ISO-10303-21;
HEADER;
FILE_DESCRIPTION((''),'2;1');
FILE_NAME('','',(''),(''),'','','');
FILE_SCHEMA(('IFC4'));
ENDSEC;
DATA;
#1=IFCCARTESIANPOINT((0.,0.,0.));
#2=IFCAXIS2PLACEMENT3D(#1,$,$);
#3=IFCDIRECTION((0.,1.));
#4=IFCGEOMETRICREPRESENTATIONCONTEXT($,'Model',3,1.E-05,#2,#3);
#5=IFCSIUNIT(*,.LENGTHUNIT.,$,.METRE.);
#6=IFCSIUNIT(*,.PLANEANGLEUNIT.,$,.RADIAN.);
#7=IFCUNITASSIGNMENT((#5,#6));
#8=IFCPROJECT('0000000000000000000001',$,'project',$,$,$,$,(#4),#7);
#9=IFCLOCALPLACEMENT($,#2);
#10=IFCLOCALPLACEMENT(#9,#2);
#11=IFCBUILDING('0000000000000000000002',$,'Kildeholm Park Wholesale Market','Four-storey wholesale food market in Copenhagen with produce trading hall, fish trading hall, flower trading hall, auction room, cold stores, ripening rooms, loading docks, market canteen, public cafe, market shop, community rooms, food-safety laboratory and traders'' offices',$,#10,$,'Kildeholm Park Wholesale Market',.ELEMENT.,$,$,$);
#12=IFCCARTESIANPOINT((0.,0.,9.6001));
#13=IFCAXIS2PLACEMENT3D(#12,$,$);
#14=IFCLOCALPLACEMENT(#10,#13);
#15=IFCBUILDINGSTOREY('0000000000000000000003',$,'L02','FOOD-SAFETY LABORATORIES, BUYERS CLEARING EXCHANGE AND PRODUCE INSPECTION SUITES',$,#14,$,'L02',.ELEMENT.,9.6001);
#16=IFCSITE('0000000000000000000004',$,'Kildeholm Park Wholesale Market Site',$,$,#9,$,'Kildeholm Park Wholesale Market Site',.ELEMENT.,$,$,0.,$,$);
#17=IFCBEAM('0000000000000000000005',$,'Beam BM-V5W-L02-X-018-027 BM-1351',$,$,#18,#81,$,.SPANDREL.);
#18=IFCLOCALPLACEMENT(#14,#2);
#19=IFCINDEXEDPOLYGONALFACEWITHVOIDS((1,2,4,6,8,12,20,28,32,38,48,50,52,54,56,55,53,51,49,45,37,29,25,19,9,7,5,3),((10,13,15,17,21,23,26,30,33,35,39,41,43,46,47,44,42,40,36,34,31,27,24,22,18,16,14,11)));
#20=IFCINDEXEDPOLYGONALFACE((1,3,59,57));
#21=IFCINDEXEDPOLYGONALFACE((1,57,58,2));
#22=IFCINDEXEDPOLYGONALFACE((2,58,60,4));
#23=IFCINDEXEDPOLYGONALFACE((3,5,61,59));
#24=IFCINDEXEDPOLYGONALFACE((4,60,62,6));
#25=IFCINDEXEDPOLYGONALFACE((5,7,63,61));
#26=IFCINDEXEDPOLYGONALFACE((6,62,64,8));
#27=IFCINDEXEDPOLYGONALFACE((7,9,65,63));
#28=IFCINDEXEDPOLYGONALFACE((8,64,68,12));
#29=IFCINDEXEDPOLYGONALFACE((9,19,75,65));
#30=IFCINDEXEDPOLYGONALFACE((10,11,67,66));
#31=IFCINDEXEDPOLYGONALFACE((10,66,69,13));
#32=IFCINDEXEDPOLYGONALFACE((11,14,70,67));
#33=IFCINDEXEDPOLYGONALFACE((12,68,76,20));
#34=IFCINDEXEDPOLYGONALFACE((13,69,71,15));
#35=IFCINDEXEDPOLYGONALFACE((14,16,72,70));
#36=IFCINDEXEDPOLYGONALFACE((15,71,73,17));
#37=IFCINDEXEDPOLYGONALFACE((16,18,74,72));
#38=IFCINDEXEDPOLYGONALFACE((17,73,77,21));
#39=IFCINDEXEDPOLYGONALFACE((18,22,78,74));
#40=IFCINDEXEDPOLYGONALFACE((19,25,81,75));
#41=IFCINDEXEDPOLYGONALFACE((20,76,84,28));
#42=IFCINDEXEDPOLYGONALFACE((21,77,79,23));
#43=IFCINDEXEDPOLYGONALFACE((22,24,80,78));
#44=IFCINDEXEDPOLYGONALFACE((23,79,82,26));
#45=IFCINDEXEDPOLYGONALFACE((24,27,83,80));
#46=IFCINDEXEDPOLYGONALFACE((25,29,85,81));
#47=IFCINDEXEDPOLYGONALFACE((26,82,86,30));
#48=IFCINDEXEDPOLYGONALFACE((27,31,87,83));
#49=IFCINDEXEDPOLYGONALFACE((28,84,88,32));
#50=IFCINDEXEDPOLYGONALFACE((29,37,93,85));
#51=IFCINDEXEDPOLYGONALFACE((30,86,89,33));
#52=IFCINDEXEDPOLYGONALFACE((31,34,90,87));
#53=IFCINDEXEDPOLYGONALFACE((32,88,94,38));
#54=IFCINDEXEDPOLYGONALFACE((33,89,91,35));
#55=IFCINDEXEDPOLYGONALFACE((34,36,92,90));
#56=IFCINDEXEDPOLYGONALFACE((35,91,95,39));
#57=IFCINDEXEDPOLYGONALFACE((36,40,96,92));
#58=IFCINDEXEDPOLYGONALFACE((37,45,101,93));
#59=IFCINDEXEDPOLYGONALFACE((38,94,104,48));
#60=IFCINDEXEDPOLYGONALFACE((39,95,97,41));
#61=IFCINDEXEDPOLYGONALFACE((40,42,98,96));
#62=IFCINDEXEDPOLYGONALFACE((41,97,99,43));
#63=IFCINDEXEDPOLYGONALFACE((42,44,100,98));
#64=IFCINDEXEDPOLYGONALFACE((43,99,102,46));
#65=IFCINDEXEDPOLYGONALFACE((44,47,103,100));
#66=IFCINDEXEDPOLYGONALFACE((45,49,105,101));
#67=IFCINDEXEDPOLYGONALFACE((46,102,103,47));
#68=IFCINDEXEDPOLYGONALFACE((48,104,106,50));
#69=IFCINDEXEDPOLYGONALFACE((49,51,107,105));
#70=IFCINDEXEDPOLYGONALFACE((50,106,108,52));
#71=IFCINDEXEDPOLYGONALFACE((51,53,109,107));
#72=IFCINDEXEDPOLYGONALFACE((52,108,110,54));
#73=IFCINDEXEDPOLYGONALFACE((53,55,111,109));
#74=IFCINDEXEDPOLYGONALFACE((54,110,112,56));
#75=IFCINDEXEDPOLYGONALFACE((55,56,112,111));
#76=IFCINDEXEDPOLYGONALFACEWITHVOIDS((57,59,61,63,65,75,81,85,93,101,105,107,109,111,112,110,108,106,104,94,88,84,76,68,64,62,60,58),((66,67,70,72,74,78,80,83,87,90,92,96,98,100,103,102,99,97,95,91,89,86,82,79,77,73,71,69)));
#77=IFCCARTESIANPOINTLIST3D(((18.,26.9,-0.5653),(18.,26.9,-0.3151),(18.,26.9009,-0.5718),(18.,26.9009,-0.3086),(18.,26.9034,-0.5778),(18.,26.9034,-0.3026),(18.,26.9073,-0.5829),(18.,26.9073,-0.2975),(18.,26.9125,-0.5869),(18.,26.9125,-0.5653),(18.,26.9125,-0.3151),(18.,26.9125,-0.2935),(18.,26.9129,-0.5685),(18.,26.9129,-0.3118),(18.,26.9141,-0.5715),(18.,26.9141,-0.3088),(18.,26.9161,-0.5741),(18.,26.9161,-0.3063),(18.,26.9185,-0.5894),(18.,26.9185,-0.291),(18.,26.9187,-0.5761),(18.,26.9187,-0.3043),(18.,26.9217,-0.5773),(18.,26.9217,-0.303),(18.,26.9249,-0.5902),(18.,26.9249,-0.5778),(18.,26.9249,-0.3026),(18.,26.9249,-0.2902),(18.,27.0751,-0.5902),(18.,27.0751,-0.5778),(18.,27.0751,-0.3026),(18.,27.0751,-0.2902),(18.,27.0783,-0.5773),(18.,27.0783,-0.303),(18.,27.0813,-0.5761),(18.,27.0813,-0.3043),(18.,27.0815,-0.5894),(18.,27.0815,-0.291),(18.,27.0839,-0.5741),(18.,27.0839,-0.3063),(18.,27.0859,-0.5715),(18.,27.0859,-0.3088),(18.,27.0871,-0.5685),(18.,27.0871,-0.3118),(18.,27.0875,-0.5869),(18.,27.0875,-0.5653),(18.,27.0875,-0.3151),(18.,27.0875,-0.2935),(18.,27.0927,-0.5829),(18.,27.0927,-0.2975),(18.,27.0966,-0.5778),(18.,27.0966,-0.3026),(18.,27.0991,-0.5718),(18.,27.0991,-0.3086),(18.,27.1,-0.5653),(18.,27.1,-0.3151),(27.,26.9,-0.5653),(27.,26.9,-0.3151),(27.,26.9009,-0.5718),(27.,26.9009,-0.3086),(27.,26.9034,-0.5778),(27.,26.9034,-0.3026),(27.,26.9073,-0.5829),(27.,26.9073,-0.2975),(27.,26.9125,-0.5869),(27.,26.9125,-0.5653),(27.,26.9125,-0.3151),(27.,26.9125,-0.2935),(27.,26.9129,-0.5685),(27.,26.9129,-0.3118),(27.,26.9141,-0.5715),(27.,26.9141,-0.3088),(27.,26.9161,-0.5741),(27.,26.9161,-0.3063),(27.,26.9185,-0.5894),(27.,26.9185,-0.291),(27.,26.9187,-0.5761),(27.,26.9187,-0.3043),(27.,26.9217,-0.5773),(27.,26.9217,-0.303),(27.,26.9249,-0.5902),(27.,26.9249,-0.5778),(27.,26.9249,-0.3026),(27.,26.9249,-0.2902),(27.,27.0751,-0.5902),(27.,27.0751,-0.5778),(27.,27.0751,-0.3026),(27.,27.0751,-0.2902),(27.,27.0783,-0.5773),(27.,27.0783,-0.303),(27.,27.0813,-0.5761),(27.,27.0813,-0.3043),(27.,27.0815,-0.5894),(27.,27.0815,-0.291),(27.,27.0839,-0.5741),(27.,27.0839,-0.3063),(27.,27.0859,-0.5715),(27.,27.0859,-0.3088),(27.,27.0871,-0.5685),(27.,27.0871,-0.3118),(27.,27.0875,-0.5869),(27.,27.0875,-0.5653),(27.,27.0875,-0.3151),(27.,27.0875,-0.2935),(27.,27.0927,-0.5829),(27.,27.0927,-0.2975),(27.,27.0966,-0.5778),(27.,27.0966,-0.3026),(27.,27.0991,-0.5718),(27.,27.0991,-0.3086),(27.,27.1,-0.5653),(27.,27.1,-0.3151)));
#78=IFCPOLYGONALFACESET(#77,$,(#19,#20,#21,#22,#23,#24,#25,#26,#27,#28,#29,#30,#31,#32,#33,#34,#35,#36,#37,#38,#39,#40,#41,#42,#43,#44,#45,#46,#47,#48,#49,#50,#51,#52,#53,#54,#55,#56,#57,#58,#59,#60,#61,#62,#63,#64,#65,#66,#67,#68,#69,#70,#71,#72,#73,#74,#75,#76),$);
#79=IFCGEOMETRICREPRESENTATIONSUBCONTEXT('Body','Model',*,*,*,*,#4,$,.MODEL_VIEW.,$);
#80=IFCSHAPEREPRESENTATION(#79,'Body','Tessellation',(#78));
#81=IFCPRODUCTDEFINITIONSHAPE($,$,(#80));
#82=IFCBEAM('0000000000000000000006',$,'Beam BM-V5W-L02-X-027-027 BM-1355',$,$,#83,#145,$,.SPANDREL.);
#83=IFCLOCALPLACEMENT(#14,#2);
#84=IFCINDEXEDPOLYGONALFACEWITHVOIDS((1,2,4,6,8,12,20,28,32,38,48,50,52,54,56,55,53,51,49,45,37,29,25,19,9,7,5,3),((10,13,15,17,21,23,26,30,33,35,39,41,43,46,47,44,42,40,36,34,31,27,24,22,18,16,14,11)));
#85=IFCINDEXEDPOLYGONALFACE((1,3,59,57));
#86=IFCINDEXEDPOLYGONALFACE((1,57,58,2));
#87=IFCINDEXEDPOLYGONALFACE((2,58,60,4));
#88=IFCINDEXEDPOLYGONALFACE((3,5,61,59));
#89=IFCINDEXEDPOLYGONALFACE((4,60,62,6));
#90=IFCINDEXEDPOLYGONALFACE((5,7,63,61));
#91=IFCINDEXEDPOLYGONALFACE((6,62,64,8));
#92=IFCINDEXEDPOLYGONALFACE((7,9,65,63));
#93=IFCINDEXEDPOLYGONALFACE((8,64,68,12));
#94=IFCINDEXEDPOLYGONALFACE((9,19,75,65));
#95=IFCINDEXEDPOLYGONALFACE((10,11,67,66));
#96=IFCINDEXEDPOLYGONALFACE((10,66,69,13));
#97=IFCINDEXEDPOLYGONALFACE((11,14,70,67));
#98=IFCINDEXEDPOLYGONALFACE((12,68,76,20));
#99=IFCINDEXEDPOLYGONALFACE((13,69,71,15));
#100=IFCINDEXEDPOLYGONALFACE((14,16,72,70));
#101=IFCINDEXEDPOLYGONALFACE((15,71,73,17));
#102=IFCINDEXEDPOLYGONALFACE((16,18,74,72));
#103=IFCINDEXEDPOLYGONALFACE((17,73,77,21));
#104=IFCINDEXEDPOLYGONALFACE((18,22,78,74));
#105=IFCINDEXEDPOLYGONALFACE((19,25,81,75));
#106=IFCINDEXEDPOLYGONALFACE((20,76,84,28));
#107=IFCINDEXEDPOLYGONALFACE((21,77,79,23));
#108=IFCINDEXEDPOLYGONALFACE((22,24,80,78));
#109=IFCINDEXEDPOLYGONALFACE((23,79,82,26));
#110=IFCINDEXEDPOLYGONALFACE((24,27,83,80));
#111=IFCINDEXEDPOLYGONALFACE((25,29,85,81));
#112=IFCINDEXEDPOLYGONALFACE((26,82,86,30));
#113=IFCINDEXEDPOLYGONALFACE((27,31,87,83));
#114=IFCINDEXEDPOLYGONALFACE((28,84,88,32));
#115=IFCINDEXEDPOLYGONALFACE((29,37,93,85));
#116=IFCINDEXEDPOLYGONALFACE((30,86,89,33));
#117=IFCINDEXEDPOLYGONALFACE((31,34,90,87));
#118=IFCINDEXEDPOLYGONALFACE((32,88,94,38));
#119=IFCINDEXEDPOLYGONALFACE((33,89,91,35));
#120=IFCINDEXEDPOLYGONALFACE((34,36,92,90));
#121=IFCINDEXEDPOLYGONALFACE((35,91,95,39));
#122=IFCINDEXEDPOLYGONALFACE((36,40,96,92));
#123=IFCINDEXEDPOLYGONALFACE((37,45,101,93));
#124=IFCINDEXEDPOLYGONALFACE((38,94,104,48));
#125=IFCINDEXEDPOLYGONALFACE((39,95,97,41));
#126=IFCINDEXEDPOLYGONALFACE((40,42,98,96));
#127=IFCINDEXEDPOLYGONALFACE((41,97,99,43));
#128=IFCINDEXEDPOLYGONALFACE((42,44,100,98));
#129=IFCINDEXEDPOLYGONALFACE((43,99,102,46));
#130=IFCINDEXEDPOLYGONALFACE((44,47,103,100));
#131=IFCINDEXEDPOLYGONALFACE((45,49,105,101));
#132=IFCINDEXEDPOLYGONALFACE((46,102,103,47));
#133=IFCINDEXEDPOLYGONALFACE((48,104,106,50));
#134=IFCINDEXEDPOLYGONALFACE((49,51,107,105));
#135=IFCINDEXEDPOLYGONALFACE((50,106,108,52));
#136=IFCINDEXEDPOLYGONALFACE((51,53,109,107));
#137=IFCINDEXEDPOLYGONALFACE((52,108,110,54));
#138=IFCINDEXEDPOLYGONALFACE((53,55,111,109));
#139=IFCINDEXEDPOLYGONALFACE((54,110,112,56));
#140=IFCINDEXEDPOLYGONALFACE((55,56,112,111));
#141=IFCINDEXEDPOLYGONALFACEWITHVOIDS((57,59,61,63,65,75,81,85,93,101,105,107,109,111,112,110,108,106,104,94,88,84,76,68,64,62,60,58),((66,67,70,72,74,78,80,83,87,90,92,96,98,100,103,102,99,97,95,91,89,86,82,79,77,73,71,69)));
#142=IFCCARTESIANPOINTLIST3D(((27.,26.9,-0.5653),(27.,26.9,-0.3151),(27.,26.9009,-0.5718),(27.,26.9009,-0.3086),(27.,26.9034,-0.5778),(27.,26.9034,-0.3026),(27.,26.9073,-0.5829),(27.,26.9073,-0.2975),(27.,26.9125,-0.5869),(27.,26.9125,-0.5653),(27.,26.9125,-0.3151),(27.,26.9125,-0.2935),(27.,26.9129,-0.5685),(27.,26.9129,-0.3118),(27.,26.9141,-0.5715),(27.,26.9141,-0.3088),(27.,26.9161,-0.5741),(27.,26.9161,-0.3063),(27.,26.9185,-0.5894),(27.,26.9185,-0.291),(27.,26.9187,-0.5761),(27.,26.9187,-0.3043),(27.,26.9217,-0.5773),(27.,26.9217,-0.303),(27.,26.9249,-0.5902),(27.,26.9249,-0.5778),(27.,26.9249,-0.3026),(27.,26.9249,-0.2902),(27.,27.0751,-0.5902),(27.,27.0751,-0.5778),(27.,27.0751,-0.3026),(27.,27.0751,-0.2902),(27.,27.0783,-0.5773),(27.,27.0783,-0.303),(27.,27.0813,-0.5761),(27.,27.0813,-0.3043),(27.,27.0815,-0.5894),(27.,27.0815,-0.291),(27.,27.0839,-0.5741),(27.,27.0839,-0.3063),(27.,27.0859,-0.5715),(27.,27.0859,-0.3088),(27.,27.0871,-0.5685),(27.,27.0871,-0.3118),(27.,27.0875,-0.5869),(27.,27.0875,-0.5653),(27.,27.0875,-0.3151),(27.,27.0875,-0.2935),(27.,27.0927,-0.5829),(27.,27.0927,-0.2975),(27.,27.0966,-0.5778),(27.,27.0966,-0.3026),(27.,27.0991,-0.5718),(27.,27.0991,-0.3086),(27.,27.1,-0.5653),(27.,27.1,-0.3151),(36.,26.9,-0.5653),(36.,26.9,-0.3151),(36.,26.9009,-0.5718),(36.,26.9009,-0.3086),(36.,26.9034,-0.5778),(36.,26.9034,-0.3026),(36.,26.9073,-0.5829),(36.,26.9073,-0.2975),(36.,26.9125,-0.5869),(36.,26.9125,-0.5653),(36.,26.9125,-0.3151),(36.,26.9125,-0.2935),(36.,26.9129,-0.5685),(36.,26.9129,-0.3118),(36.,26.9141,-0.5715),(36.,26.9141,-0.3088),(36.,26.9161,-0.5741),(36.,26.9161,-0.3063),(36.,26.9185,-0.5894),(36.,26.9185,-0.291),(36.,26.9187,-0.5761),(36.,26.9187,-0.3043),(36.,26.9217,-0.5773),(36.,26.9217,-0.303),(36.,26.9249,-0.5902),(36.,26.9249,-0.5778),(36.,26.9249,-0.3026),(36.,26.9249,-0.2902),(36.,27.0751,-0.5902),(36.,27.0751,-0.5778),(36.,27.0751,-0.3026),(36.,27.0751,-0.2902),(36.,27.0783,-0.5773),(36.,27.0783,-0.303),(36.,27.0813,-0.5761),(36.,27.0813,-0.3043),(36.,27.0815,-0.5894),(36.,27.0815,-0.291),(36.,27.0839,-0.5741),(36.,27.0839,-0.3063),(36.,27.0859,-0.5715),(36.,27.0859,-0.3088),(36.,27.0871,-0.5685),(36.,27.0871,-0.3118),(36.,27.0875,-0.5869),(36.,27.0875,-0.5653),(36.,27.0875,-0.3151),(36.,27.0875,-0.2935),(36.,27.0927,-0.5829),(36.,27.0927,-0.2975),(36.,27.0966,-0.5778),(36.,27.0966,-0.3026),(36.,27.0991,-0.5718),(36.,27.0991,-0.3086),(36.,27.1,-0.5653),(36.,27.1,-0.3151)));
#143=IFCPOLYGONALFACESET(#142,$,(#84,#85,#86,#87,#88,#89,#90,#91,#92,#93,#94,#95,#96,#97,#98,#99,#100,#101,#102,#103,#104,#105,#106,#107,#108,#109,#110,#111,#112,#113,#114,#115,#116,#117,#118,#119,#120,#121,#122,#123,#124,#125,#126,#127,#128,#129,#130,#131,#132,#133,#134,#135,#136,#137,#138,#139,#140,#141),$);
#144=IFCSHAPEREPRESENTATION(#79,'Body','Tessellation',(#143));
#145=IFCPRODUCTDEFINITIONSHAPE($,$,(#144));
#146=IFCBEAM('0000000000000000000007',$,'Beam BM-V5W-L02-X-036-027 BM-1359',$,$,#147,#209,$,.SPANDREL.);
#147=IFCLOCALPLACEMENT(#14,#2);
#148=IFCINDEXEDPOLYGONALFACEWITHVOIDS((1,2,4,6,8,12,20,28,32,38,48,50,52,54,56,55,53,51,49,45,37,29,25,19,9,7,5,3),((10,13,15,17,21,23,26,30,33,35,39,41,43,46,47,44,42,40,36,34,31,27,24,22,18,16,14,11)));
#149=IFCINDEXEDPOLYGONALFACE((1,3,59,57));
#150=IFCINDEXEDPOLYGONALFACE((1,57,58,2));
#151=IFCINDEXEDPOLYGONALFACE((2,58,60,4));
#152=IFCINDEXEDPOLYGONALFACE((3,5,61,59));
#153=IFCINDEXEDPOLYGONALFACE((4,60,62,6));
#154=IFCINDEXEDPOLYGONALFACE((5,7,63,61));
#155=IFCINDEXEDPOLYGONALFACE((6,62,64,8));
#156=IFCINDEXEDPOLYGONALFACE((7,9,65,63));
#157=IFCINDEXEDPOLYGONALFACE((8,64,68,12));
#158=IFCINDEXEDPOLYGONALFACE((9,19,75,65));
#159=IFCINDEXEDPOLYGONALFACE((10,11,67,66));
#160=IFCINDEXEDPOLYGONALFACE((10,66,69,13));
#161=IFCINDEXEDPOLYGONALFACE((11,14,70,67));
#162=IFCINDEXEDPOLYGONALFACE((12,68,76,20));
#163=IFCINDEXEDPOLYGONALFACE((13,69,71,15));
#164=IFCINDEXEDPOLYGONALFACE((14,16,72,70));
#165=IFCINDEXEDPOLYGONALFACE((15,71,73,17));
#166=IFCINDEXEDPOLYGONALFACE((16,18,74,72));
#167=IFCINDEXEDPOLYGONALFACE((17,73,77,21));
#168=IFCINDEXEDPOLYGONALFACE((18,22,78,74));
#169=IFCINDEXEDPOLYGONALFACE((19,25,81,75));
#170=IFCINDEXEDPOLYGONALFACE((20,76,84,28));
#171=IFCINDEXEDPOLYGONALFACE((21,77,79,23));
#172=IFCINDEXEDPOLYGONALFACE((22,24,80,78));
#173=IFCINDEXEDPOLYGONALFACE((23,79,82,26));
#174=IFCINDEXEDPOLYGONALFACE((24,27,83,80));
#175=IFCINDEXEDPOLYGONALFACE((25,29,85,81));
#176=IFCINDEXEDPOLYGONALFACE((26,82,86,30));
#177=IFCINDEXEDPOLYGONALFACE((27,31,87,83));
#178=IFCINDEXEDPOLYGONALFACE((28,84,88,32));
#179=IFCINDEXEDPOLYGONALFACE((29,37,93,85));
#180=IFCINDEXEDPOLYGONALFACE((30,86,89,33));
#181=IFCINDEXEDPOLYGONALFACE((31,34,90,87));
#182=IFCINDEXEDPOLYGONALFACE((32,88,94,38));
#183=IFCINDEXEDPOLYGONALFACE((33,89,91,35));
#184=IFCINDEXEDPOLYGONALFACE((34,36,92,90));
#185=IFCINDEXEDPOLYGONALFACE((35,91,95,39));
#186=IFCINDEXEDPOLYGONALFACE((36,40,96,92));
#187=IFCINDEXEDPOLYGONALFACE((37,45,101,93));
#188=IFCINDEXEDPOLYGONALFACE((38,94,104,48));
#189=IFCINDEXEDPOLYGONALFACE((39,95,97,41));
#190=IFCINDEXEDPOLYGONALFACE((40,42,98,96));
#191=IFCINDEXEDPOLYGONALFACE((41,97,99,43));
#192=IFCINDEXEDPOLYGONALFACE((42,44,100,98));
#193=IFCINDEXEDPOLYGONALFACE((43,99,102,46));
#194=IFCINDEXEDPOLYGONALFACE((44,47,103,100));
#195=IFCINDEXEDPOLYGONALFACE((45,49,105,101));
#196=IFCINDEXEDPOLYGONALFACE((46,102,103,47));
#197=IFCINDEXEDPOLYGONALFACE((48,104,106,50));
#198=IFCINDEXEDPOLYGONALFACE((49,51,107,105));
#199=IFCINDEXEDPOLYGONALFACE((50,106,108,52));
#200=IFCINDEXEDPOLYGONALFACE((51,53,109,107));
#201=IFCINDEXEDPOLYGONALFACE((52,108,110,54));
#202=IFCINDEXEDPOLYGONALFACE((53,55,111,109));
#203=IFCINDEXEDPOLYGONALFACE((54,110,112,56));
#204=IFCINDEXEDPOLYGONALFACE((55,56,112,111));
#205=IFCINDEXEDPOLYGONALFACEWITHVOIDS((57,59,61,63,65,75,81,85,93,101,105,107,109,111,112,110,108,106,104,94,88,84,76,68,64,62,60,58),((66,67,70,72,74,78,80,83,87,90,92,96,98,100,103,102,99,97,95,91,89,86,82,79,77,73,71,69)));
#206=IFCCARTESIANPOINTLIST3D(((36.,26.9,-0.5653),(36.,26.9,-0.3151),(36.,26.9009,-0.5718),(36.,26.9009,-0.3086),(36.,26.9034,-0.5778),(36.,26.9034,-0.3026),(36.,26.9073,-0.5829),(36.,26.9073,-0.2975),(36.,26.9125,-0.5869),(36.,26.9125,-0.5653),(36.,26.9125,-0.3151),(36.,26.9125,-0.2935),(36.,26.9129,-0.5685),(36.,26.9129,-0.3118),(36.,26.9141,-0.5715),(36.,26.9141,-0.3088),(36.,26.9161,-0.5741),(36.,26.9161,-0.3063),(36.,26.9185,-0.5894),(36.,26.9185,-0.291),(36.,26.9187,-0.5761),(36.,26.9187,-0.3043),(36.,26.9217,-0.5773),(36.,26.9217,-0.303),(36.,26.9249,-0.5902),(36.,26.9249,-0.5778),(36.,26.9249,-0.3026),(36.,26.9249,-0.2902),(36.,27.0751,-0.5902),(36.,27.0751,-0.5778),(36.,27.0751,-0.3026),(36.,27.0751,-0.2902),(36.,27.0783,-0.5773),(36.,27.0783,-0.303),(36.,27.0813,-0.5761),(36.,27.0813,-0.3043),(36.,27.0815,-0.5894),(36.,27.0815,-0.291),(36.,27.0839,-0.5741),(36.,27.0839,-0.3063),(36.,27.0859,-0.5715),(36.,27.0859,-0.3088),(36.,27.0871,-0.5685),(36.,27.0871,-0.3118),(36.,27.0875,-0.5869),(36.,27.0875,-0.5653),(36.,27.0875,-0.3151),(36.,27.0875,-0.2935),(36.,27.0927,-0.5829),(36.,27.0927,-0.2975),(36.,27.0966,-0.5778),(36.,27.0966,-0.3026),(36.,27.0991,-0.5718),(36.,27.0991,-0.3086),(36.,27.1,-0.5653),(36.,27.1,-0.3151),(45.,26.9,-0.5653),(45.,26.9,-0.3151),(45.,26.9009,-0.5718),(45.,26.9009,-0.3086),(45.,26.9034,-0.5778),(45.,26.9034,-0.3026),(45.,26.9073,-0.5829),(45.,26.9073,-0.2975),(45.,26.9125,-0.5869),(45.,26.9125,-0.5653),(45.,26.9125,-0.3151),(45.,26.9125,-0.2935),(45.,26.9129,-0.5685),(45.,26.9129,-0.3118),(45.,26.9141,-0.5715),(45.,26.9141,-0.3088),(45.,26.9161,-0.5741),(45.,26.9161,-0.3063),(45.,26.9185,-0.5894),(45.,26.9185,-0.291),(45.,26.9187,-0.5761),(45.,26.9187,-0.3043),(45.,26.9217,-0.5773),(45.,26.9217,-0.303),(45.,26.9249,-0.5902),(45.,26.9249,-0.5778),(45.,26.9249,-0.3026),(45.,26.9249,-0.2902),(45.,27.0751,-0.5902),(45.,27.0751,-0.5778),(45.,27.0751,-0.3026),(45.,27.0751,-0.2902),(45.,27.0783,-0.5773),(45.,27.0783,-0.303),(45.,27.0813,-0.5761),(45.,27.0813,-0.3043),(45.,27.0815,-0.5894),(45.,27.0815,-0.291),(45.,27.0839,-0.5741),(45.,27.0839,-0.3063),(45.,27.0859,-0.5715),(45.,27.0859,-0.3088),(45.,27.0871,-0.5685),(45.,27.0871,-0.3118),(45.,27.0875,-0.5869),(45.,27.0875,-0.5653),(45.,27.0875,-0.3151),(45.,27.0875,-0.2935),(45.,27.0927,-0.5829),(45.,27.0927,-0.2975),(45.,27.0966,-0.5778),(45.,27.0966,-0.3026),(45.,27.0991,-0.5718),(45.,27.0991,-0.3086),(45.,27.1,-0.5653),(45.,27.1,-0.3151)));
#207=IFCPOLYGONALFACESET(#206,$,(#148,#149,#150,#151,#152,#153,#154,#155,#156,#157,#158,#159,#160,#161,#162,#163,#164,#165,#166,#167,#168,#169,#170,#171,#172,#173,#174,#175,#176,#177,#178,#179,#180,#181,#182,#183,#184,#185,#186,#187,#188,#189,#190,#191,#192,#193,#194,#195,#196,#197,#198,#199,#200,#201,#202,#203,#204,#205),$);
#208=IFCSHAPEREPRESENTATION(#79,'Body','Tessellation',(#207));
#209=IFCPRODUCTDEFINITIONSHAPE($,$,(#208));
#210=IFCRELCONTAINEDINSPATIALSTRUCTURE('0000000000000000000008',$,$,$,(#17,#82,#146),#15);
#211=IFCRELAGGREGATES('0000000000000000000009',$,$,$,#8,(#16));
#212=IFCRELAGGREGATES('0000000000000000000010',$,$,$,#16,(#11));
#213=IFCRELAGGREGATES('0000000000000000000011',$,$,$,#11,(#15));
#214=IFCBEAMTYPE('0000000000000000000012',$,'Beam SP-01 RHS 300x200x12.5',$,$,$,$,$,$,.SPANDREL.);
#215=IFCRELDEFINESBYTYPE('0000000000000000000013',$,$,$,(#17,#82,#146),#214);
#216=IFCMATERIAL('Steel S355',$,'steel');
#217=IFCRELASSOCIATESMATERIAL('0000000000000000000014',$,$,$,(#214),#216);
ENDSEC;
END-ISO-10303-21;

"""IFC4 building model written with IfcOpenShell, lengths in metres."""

from ifc_helpers import new_model, si_unit, direction, frame, origin, origin_2d, place, context, subcontext, project, spatial, hollow_rectangle, extrude, material, material_profile, profile_set, type_object, element, save


model = new_model("IFC4")

# Units and contexts
model_context = context("Model", 3, precision=1e-05, world=origin(), true_north=direction((0.0, 1.0)))
body_context = subcontext(model_context, "Body", "Model", "MODEL_VIEW")
ifc_project = project(units=[si_unit("LENGTHUNIT", "METRE"), si_unit("PLANEANGLEUNIT", "RADIAN")], contexts=[model_context])

# Site, building, storey
site_placement = place(None, origin())
site = spatial("IfcSite", under=ifc_project, at=site_placement, Name="Kildeholm Park Wholesale Market Site", LongName="Kildeholm Park Wholesale Market Site", CompositionType="ELEMENT", RefElevation=0.0)
building_placement = place(site_placement, origin())
building = spatial("IfcBuilding", under=site, at=building_placement, Name="Kildeholm Park Wholesale Market", Description="Four-storey wholesale food market in Copenhagen with produce trading hall, fish trading hall, flower trading hall, auction room, cold stores, ripening rooms, loading docks, market canteen, public cafe, market shop, community rooms, food-safety laboratory and traders' offices", LongName="Kildeholm Park Wholesale Market", CompositionType="ELEMENT")
storey_placement = place(building_placement, frame((0.0, 0.0, 9.6001)))
storey = spatial("IfcBuildingStorey", under=building, at=storey_placement, Name="L02", Description="FOOD-SAFETY LABORATORIES, BUYERS CLEARING EXCHANGE AND PRODUCE INSPECTION SUITES", LongName="L02", CompositionType="ELEMENT", Elevation=9.6001)

# Beams
ifc_material_1 = material(Name="Steel S355", Category="steel")
ifc_material_profile_1 = material_profile(ifc_material_1, hollow_rectangle(XDim=0.2, YDim=0.3, WallThickness=0.0125, InnerFilletRadius=0.0125, OuterFilletRadius=0.0249, at=origin_2d()), Name="RHS 300x200x12.5")
ifc_profile_set_1 = profile_set([ifc_material_profile_1], Name="Steel S355")
beam_type_1 = type_object("IfcBeamType", Name="Beam SP-01 RHS 300x200x12.5", PredefinedType="SPANDREL", material=ifc_profile_set_1)
for number, where, z_axis, x_axis, name in (
    (1, (18.0, 27.0, -0.4402), (1.0, 0.0, 0.0), (0.0, 1.0, 0.0), "Beam BM-V5W-L02-X-018-027 BM-1351"),
    (2, (27.0, 27.0, -0.4402), (1.0, 0.0, 0.0), (0.0, 1.0, 0.0), "Beam BM-V5W-L02-X-027-027 BM-1355"),
    (3, (36.0, 27.0, -0.4402), (1.0, 0.0, 0.0), (0.0, 1.0, 0.0), "Beam BM-V5W-L02-X-036-027 BM-1359"),
):
    element("IfcBeam", number, at=place(storey_placement, frame(where, z_axis=z_axis, x_axis=x_axis)), inside=storey, type_object=beam_type_1, Name=name, PredefinedType="SPANDREL", context=body_context, shape_type="SweptSolid", body=[
        extrude(hollow_rectangle(XDim=0.2, YDim=0.3, WallThickness=0.0125, InnerFilletRadius=0.0125, OuterFilletRadius=0.0249, at=origin_2d()), origin(), (0.0, 0.0, 1.0), 9.0),
    ])

save(model, "model.ifc")
